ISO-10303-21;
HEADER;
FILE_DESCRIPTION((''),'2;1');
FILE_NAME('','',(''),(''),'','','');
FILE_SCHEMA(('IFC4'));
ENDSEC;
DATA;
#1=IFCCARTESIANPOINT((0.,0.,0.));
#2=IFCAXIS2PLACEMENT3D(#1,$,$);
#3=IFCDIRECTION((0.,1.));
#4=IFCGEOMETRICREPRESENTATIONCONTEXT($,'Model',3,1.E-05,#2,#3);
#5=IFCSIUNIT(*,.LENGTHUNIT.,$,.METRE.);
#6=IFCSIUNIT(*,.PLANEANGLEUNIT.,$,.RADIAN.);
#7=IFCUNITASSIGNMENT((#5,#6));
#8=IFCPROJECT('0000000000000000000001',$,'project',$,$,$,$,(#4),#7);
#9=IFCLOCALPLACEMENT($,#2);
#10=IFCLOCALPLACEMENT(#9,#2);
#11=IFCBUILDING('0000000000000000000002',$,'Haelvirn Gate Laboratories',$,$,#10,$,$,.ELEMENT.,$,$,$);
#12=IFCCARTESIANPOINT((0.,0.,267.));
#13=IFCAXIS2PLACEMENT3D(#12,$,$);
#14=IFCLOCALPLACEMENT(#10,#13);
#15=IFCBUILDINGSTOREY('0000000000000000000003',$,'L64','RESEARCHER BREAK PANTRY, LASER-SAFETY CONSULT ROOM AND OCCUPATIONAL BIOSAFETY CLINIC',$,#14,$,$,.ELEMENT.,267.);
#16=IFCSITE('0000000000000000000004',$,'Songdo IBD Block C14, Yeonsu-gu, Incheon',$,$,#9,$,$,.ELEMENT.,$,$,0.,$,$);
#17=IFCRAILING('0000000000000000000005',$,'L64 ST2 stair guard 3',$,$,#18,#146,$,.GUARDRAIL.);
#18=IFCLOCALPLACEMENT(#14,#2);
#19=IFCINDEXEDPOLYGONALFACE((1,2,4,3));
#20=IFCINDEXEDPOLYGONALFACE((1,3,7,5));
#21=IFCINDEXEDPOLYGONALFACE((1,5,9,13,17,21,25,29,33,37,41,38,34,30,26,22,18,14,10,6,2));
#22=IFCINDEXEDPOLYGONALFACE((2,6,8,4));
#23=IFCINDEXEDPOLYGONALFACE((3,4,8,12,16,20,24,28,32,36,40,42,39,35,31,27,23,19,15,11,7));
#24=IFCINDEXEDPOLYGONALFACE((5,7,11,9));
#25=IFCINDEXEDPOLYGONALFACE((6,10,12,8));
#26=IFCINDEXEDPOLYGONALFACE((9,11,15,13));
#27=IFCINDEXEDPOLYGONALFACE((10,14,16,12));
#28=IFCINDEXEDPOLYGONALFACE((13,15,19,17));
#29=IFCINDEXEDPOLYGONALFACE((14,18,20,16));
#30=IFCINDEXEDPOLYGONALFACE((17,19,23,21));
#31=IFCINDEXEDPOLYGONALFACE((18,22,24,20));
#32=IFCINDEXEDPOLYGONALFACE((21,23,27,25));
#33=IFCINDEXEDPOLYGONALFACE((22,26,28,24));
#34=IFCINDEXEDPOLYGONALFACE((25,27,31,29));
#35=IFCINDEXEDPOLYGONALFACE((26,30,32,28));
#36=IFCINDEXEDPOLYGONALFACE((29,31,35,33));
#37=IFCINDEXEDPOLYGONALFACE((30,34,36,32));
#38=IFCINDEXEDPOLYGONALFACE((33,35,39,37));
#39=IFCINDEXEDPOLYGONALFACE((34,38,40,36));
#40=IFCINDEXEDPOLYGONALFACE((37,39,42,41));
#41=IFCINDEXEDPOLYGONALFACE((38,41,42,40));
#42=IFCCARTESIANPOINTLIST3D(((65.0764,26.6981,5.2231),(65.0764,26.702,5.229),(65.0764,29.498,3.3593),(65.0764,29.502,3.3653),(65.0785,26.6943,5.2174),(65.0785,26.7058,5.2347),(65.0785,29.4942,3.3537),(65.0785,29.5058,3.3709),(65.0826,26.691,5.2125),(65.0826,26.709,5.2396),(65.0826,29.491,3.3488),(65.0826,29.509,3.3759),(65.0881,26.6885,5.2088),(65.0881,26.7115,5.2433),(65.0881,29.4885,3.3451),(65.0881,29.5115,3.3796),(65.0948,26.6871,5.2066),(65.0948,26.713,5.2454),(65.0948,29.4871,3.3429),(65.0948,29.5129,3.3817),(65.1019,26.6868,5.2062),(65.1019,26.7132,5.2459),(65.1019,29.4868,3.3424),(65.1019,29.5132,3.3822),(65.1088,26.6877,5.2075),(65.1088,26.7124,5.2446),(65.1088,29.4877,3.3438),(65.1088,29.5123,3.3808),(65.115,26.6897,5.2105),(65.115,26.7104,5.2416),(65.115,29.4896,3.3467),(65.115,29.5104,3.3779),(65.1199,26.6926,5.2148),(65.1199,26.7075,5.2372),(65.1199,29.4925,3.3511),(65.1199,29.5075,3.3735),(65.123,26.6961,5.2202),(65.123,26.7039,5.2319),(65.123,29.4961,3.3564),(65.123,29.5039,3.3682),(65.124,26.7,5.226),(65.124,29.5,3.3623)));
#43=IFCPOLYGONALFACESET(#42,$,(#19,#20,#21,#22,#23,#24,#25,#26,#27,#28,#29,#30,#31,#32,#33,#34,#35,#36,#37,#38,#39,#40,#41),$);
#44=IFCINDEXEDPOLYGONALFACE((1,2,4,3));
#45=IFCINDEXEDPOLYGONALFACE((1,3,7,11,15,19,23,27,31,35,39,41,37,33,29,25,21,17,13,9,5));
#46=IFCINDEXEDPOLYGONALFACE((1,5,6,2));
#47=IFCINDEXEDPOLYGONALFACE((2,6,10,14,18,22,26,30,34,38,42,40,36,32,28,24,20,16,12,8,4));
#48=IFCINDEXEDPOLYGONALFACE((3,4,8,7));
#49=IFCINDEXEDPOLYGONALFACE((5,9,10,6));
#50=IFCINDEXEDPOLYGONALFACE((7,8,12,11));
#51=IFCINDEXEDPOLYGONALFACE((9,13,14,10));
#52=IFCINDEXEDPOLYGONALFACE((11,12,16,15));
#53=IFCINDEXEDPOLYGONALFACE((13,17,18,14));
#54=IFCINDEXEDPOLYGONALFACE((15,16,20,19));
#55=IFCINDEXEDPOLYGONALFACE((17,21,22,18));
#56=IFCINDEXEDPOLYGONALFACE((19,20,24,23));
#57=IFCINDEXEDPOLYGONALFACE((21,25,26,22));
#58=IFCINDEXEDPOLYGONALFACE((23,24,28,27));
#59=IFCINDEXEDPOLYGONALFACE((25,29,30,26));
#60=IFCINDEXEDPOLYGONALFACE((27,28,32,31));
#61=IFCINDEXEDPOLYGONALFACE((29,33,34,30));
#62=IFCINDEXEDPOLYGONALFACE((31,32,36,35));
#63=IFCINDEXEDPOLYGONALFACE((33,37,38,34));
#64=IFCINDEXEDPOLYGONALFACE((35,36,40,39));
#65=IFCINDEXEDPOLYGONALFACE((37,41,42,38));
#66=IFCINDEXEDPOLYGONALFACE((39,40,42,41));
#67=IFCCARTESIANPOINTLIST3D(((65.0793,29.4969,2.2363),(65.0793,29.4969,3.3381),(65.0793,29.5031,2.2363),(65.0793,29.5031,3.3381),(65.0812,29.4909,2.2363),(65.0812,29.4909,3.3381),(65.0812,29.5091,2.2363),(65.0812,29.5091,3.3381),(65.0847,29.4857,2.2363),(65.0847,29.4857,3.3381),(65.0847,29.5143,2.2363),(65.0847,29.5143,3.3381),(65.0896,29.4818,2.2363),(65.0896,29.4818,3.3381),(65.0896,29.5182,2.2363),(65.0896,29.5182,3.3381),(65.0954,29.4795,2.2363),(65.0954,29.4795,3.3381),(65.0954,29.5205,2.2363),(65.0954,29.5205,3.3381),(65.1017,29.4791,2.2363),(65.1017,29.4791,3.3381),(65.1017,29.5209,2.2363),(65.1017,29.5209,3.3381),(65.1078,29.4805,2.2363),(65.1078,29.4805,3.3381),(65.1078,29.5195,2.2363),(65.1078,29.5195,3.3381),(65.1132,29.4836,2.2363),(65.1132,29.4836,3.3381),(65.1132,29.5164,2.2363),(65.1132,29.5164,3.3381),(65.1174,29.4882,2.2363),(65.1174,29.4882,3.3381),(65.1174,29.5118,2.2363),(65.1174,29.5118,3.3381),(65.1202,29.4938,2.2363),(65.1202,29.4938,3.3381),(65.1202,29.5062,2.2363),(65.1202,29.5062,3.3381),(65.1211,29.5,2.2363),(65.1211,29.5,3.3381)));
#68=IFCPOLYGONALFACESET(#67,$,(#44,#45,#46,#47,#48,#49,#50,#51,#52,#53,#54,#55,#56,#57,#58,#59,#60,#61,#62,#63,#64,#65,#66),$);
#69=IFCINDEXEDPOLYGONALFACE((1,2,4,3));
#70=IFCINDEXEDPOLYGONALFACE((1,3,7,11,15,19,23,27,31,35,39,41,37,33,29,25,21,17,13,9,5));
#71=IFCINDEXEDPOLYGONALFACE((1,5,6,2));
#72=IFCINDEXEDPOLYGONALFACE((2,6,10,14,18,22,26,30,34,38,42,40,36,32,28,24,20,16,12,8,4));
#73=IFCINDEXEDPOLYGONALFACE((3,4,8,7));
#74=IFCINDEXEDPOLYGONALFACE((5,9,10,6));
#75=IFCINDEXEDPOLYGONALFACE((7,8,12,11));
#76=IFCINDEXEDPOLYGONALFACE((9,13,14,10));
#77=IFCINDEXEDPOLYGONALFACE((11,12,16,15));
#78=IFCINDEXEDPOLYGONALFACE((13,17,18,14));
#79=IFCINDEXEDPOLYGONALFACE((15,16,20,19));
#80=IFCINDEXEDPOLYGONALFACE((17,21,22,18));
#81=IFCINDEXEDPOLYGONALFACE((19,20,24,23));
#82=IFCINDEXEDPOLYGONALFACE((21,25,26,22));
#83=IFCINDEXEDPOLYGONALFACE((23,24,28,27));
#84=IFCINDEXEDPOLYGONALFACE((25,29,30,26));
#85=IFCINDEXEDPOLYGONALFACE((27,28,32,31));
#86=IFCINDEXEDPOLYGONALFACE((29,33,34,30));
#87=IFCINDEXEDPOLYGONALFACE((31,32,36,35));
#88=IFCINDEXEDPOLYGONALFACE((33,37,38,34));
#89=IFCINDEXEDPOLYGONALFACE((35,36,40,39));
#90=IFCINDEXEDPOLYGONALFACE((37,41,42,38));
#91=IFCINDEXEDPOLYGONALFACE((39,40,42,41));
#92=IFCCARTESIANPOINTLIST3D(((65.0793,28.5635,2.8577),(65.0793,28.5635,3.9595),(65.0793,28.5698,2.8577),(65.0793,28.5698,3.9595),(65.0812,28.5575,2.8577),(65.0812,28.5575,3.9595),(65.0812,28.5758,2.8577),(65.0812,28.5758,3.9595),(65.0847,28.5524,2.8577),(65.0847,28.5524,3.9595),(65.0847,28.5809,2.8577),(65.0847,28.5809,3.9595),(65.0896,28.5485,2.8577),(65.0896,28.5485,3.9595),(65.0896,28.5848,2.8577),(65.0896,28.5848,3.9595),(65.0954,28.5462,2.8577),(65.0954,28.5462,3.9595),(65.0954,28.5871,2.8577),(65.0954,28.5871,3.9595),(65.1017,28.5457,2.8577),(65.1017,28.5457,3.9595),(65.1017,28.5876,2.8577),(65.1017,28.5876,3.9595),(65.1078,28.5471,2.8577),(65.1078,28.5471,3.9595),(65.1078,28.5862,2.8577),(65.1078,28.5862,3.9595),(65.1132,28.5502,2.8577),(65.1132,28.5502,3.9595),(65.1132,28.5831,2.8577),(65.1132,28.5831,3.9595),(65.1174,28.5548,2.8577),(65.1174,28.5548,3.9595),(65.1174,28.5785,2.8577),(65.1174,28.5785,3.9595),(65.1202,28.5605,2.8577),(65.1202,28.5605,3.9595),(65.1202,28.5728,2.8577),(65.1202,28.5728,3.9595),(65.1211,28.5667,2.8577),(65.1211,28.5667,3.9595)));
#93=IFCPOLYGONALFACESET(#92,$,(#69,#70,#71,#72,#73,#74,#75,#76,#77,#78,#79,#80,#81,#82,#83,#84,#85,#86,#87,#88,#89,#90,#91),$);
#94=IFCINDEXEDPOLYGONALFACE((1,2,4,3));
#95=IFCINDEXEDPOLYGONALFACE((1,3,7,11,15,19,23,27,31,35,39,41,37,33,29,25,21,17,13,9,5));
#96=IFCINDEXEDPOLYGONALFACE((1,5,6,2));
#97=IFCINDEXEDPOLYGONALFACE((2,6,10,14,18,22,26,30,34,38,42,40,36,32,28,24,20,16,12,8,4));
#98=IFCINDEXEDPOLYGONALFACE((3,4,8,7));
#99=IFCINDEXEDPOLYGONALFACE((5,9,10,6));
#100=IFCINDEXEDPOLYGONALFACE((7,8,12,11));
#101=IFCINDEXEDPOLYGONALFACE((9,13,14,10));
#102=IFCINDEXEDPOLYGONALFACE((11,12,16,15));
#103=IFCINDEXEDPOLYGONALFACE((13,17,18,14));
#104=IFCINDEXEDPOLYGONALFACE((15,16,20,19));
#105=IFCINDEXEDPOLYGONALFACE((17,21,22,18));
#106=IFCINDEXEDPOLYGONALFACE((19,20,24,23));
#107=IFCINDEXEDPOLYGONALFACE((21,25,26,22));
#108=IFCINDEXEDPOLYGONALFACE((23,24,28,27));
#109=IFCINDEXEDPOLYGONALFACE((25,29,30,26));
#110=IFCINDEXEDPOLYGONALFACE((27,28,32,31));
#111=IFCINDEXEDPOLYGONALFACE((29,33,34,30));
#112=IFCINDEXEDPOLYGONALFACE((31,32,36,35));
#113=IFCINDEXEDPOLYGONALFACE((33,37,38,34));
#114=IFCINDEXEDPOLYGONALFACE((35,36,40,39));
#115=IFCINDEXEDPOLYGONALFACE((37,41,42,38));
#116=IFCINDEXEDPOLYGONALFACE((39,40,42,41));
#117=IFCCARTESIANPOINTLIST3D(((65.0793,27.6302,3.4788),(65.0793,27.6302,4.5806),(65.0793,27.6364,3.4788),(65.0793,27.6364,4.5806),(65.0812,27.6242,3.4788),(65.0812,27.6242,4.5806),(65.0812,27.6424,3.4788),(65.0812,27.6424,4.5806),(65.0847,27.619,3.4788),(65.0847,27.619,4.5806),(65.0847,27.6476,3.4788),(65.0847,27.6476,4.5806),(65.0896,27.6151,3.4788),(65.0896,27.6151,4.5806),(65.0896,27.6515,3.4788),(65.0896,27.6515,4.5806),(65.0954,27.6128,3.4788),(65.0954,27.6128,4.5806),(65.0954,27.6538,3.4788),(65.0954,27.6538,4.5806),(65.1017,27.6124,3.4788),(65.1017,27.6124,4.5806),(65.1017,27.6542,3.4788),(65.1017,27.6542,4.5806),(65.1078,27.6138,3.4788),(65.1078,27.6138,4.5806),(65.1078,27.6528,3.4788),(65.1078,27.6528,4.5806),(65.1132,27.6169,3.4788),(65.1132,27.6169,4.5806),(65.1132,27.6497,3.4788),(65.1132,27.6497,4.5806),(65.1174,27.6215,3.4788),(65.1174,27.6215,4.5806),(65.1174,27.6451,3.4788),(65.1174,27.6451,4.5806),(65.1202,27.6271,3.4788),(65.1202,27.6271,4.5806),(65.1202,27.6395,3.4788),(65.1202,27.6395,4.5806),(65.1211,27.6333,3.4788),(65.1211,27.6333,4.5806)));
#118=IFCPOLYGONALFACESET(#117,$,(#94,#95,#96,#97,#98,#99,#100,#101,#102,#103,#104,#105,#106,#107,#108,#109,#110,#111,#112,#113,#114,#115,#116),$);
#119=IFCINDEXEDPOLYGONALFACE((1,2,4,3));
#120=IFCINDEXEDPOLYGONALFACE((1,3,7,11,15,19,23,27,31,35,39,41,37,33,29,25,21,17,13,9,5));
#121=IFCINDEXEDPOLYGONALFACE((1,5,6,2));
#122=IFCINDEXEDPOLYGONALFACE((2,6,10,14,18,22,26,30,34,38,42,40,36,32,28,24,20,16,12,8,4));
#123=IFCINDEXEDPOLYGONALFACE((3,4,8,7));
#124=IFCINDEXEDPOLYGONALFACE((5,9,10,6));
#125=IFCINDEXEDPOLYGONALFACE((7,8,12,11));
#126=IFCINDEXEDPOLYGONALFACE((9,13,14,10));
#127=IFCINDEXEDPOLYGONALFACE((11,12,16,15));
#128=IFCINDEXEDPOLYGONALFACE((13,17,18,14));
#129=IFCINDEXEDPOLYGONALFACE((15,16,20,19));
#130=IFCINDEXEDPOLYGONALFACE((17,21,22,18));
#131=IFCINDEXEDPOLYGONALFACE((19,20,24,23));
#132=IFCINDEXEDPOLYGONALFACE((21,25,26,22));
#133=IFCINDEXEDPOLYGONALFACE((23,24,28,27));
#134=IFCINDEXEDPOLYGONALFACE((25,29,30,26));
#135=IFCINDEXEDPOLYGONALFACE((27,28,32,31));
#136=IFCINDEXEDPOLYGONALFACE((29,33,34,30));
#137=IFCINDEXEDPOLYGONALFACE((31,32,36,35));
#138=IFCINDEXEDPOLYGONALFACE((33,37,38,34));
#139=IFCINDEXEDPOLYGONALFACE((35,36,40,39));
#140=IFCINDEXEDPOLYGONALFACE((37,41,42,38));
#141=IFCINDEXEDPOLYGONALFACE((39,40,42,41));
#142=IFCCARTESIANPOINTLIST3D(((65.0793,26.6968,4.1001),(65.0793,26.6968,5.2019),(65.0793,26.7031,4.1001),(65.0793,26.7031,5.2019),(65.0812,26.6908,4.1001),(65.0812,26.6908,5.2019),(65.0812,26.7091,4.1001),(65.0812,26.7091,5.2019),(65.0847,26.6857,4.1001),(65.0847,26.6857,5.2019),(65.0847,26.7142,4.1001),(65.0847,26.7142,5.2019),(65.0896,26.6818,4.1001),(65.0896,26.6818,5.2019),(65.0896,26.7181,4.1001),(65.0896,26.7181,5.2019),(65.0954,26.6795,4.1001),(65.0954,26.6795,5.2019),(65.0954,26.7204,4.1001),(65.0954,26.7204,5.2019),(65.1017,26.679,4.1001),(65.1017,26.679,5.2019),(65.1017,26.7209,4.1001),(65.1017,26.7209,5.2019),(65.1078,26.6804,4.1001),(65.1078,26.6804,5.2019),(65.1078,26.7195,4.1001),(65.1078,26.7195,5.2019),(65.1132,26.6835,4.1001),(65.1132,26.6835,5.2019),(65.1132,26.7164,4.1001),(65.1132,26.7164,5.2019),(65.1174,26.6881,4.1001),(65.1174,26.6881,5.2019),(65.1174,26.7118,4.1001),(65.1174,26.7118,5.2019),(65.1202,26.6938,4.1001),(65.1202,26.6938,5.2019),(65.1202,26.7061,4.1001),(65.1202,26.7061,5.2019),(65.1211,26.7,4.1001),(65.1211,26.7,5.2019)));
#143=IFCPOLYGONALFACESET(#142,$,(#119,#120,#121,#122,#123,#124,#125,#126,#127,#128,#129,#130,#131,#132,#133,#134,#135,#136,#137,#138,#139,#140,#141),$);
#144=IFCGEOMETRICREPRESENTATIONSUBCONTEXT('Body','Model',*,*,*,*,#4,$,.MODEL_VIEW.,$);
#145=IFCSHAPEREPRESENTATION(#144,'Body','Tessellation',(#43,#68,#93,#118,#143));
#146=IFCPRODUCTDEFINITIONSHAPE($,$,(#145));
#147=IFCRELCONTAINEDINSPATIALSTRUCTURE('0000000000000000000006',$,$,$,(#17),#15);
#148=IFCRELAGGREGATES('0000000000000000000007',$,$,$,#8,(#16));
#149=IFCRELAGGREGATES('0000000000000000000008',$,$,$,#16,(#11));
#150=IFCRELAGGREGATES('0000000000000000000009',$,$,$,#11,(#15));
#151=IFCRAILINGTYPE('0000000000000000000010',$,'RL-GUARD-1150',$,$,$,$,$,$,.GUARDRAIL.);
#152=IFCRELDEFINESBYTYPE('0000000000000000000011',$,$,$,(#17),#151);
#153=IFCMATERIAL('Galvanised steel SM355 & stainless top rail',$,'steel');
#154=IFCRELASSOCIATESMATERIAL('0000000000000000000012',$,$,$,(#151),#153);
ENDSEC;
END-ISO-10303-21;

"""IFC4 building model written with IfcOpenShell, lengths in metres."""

from ifc_helpers import new_model, si_unit, direction, frame, origin, origin_2d, place, context, subcontext, project, spatial, circle, extrude, source, transform, mapped, material, type_object, element, save


model = new_model("IFC4")

# Units and contexts
model_context = context("Model", 3, precision=1e-05, world=origin(), true_north=direction((0.0, 1.0)))
body_context = subcontext(model_context, "Body", "Model", "MODEL_VIEW")
ifc_project = project(units=[si_unit("LENGTHUNIT", "METRE"), si_unit("PLANEANGLEUNIT", "RADIAN")], contexts=[model_context])

# Site, building, storey
site_placement = place(None, origin())
site = spatial("IfcSite", under=ifc_project, at=site_placement, Name="Songdo IBD Block C14, Yeonsu-gu, Incheon", CompositionType="ELEMENT", RefElevation=0.0)
building_placement = place(site_placement, origin())
building = spatial("IfcBuilding", under=site, at=building_placement, Name="Haelvirn Gate Laboratories", CompositionType="ELEMENT")
storey_placement = place(building_placement, frame((0.0, 0.0, 267.0)))
storey = spatial("IfcBuildingStorey", under=building, at=storey_placement, Name="L64", Description="RESEARCHER BREAK PANTRY, LASER-SAFETY CONSULT ROOM AND OCCUPATIONAL BIOSAFETY CLINIC", CompositionType="ELEMENT", Elevation=267.0)

# Railing
ifc_material_1 = material(Name="Galvanised steel SM355 & stainless top rail", Category="steel")
railing_type_1 = type_object("IfcRailingType", Name="RL-GUARD-1150", PredefinedType="GUARDRAIL", material=ifc_material_1)
shared_shape_1 = source(origin(), body_context, "Body", "SweptSolid", [
    extrude(circle(Radius=0.0239, at=origin_2d()), frame((0.0, 0.0, 1.126), z_axis=(0.0, -0.832452, 0.554097), x_axis=(1.0, 0.0, 0.0)), (0.0, 0.0, 1.0), 3.3635),
    extrude(circle(Radius=0.021, at=origin_2d()), origin(), (0.0, 0.0, 1.0), 1.1018),
    extrude(circle(Radius=0.021, at=origin_2d()), frame((0.0, -0.9333, 0.6213)), (0.0, 0.0, 1.0), 1.1018),
    extrude(circle(Radius=0.021, at=origin_2d()), frame((0.0, -1.8667, 1.2424)), (0.0, 0.0, 1.0), 1.1018),
    extrude(circle(Radius=0.021, at=origin_2d()), frame((0.0, -2.8, 1.8638)), (0.0, 0.0, 1.0), 1.1018),
])
railing_1_placement = place(storey_placement, frame((65.1001, 29.5, 2.2363)))
element("IfcRailing", 1, at=railing_1_placement, inside=storey, type_object=railing_type_1, Name="L64 ST2 stair guard 3", PredefinedType="GUARDRAIL", context=body_context, shape_type="MappedRepresentation", body=[
    mapped(shared_shape_1, transform((0.0, 0.0, 0.0), scale=1.0)),
])

save(model, "model.ifc")
